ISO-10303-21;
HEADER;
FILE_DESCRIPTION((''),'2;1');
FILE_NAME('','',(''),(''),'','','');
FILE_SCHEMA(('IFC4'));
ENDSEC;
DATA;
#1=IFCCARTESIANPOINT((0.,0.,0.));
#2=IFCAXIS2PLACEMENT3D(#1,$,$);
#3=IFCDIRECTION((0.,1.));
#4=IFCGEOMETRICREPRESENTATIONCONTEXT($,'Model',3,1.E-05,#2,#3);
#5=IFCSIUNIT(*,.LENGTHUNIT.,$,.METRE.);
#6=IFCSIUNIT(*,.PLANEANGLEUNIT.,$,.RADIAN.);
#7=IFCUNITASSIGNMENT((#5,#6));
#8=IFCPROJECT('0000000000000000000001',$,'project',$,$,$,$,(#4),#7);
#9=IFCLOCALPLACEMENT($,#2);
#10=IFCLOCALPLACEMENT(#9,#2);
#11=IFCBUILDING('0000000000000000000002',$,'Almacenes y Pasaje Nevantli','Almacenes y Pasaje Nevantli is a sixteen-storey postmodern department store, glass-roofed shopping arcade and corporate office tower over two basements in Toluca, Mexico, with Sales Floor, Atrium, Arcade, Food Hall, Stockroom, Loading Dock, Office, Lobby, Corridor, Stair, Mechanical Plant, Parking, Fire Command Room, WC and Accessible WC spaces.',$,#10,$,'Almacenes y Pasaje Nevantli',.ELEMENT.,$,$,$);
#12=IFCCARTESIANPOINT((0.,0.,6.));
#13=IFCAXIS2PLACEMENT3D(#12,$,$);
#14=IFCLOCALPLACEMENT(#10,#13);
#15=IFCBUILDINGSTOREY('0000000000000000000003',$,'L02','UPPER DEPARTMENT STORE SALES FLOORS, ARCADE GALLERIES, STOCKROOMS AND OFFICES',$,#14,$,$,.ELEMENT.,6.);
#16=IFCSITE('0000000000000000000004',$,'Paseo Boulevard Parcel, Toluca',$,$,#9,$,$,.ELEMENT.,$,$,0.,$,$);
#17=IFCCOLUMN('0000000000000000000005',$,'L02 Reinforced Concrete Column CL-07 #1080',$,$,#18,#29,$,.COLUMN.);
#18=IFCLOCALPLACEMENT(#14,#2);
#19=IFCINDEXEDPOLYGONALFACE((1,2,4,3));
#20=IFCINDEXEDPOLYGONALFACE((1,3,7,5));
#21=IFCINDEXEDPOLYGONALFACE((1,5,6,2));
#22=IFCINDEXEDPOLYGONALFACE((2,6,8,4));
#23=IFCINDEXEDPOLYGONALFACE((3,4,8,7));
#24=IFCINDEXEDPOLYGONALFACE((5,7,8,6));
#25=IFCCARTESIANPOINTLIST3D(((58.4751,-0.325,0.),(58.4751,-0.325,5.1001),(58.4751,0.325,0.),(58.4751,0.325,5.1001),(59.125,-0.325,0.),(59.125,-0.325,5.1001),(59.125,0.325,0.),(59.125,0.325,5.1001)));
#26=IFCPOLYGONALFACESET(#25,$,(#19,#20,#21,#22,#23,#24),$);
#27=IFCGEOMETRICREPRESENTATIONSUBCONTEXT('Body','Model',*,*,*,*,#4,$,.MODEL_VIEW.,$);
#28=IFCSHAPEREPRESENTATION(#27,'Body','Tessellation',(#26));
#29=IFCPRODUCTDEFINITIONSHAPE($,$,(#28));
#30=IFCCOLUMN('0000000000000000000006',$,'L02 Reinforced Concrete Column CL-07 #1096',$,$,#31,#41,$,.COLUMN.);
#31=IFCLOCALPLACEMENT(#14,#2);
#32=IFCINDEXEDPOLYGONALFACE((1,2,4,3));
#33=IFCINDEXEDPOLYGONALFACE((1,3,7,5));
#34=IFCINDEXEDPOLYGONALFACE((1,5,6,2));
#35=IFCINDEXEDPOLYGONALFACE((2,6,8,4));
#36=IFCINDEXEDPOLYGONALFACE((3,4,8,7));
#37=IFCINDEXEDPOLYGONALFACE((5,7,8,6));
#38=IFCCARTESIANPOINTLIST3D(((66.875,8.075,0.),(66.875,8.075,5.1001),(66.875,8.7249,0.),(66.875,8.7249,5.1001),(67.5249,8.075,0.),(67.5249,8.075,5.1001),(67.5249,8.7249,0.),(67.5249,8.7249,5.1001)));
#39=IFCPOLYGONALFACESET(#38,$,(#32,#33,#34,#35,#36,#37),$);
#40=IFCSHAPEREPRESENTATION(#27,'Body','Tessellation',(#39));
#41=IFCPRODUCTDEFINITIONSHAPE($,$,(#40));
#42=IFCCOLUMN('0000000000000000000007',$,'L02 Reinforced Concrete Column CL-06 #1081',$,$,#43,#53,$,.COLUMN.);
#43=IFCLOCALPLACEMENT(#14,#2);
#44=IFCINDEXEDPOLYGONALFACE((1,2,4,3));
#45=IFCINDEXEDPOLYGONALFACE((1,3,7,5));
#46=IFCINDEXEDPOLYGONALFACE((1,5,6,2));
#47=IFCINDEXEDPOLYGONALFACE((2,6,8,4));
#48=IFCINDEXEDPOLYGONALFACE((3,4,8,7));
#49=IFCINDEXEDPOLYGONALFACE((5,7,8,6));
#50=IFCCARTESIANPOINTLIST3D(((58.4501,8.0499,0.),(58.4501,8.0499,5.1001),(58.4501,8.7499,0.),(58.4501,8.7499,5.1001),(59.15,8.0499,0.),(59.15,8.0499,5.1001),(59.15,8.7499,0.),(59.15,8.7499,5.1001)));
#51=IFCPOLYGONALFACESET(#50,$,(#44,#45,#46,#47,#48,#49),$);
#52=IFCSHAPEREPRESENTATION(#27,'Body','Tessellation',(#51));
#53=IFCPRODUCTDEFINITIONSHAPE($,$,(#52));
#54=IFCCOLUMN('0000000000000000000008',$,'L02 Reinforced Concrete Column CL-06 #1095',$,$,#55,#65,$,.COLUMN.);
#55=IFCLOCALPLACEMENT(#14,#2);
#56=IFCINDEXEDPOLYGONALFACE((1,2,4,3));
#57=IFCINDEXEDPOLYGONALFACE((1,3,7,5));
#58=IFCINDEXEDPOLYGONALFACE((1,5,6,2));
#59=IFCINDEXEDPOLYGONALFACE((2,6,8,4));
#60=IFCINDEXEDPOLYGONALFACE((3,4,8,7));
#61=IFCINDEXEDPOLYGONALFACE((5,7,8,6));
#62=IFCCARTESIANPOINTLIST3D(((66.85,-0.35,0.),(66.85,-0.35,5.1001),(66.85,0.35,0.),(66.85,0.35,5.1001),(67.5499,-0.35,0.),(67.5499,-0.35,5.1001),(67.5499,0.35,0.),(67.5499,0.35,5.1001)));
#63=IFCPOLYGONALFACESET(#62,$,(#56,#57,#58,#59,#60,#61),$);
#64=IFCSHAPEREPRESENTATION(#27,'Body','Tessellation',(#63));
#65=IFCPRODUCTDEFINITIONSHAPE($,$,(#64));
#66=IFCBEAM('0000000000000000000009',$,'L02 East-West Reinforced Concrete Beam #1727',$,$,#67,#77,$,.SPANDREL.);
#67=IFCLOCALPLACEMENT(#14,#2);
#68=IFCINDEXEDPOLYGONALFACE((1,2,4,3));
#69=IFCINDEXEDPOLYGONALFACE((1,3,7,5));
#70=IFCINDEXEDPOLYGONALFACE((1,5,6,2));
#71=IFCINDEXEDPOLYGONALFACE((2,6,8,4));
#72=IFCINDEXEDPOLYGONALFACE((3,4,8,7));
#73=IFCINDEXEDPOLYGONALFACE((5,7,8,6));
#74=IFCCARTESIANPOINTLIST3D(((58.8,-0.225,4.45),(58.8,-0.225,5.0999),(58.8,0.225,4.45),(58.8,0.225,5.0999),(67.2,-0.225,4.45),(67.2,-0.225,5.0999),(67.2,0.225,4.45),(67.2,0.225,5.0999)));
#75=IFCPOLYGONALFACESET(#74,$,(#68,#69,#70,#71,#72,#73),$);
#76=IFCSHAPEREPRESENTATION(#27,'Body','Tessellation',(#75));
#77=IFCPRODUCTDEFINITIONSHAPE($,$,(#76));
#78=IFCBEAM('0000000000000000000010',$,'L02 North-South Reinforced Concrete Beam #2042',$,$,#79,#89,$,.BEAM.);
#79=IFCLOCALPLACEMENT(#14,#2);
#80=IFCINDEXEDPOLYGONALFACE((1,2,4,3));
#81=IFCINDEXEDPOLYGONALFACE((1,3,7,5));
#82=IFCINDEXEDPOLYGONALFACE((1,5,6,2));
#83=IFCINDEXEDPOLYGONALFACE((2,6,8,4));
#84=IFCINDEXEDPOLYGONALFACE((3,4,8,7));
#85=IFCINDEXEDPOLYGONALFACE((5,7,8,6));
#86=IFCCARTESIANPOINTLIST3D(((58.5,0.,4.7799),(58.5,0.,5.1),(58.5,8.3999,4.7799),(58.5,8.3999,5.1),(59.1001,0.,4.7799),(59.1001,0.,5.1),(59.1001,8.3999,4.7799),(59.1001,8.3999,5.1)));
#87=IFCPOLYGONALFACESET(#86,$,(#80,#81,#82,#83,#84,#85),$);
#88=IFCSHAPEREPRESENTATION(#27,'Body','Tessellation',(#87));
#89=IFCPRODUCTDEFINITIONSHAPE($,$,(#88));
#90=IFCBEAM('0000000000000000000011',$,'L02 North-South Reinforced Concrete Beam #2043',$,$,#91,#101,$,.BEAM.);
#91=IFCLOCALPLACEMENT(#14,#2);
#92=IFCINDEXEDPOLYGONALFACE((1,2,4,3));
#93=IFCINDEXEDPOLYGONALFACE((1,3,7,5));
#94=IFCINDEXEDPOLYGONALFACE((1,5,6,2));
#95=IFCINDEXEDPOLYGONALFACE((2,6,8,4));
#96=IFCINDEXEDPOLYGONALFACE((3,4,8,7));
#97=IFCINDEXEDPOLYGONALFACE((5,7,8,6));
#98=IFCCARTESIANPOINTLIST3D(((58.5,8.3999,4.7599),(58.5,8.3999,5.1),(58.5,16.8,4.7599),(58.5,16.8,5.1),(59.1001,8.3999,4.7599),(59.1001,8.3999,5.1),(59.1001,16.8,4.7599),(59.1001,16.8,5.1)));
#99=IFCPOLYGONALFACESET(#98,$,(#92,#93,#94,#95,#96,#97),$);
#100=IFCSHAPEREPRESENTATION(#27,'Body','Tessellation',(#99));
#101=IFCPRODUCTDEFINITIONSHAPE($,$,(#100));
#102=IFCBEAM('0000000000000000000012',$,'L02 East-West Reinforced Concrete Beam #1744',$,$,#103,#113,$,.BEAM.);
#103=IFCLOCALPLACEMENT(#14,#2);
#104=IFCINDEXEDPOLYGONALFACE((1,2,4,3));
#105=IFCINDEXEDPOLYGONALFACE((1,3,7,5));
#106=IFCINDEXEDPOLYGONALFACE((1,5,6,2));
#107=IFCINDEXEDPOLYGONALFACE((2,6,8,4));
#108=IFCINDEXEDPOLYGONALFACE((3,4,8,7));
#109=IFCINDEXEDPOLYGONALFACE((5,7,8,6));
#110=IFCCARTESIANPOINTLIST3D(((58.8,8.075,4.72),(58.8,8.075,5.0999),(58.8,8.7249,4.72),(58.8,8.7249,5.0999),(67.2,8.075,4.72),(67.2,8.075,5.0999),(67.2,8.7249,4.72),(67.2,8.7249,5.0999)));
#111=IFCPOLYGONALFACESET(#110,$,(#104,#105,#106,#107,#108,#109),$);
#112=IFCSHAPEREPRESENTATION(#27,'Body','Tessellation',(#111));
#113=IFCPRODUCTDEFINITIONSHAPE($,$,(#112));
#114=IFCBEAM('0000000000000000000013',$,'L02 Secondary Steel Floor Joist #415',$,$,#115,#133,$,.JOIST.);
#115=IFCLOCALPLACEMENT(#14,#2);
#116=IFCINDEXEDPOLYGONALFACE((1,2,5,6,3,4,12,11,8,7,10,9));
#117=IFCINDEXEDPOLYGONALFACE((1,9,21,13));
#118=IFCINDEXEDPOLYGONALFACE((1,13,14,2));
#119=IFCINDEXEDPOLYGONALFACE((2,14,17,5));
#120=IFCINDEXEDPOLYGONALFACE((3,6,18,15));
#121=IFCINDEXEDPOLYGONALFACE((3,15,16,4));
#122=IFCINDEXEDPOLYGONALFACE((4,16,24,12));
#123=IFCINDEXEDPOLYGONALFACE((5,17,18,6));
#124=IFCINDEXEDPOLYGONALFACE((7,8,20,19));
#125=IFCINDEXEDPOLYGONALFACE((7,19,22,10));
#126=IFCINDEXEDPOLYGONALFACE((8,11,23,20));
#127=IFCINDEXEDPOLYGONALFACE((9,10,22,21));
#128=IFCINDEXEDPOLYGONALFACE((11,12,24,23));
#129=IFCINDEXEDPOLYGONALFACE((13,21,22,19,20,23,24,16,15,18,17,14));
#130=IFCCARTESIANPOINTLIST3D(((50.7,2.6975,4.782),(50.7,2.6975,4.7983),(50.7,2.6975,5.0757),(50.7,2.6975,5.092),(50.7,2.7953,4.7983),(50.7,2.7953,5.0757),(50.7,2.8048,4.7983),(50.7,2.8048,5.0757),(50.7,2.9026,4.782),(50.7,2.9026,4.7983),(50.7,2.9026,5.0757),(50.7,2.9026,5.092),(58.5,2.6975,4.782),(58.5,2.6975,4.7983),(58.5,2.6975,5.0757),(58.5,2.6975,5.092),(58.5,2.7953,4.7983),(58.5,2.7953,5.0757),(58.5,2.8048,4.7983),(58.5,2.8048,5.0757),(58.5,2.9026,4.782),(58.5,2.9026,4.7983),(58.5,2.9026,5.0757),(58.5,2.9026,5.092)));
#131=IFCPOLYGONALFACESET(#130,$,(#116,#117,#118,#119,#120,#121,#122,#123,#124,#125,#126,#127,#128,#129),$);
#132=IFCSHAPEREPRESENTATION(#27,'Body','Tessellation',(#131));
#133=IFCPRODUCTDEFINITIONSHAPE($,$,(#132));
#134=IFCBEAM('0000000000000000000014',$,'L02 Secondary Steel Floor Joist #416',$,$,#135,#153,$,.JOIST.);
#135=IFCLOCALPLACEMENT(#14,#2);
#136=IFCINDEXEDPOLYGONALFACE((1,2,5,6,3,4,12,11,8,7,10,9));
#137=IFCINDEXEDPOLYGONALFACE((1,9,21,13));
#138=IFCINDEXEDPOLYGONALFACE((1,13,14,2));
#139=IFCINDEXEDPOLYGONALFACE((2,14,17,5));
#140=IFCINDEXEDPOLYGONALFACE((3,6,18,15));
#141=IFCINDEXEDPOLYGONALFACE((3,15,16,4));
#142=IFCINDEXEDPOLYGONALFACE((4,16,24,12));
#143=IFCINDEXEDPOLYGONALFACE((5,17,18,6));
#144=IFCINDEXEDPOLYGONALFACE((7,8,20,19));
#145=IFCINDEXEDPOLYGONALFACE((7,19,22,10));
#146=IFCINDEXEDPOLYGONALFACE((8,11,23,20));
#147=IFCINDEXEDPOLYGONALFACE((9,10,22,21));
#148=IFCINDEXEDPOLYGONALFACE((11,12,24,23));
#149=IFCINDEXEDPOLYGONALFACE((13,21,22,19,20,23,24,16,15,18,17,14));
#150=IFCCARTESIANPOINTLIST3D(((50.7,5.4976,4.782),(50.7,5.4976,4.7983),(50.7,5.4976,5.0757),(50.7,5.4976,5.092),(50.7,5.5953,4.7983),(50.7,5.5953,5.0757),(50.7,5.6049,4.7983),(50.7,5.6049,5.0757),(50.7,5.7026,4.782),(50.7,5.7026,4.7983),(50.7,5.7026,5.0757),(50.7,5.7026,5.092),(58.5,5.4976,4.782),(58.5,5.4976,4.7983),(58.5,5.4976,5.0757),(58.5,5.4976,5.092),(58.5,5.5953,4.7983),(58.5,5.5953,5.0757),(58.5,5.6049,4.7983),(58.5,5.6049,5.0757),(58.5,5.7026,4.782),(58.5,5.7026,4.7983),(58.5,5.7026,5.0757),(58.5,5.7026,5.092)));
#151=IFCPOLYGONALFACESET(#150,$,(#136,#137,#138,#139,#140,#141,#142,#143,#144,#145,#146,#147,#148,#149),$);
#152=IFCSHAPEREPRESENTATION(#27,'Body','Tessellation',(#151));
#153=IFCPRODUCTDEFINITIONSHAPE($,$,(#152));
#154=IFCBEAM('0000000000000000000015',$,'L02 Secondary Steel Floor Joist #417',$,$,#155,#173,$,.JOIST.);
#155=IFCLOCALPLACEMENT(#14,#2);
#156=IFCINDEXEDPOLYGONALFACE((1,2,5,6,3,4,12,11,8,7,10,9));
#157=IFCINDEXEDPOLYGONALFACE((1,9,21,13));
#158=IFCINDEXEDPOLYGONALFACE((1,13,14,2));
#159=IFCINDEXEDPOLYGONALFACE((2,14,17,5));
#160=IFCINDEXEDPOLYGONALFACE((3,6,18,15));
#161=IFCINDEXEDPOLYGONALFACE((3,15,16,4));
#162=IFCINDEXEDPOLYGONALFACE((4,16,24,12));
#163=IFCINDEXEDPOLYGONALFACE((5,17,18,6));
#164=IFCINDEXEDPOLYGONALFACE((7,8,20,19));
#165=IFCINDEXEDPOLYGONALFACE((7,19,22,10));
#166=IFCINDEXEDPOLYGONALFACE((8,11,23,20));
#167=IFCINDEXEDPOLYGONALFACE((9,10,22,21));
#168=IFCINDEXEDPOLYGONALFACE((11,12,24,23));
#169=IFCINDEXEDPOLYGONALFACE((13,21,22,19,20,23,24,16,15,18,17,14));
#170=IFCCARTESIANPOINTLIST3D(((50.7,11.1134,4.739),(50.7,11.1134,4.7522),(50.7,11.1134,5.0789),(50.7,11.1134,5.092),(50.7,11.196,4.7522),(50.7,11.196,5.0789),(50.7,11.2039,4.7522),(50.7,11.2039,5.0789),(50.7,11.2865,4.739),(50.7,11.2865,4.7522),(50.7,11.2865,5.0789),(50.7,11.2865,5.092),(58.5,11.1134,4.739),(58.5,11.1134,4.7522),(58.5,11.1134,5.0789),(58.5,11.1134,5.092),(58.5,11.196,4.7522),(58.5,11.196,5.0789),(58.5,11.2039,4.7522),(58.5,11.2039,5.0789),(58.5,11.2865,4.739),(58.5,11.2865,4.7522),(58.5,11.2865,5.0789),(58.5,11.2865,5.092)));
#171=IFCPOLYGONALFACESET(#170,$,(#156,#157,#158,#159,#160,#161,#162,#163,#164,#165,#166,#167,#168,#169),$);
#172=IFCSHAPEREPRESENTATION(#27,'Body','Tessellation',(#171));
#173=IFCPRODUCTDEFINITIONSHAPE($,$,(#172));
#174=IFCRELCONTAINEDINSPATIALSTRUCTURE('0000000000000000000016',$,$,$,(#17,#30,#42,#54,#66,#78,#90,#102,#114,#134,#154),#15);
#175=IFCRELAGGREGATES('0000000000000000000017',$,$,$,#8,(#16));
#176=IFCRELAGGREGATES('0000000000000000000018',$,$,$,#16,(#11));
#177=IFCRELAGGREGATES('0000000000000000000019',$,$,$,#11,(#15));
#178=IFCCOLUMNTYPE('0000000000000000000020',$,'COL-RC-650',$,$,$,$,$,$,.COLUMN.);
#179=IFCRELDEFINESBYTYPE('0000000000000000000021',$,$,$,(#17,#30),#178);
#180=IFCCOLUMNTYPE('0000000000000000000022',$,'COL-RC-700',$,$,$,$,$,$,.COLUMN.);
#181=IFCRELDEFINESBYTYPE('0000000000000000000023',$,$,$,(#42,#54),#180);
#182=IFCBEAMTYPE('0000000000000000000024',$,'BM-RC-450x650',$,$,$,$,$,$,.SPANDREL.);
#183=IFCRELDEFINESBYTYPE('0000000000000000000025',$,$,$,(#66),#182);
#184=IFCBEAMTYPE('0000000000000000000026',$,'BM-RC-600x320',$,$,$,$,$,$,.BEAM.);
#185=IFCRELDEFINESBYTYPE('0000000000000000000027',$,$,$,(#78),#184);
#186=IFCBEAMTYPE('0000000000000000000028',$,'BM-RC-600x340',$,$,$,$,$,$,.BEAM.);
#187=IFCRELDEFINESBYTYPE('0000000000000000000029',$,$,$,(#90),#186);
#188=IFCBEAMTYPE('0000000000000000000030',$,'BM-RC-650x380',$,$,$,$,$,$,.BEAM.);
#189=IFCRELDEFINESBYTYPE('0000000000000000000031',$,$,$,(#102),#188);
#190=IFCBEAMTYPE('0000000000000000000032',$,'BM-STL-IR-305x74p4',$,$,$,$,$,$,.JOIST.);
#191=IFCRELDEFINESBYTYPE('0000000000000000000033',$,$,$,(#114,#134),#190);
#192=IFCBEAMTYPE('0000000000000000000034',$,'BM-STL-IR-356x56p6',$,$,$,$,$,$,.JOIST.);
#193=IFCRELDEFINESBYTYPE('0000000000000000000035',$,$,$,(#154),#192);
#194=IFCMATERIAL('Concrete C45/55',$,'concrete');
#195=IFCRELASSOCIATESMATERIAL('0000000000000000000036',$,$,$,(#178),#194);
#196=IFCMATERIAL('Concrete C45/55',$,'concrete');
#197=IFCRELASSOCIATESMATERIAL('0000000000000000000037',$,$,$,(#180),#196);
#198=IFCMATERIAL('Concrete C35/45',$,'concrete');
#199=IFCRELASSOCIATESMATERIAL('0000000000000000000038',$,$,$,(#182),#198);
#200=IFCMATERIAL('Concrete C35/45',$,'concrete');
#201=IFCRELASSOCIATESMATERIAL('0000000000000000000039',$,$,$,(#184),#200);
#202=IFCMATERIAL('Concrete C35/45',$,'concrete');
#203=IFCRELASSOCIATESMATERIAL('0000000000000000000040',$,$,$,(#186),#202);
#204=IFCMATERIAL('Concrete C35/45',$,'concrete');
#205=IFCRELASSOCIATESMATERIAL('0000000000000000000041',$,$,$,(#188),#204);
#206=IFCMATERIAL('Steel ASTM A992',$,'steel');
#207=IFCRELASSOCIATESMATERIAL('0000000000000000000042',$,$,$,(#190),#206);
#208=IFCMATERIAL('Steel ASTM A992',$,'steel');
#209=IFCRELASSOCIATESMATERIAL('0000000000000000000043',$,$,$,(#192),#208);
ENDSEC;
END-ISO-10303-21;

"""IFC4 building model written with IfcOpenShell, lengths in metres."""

from ifc_helpers import new_model, si_unit, direction, frame, origin, origin_2d, place, context, subcontext, project, spatial, rectangle, i_section, extrude, material, material_profile, profile_set, type_object, element, save


model = new_model("IFC4")

# Units and contexts
model_context = context("Model", 3, precision=1e-05, world=origin(), true_north=direction((0.0, 1.0)))
body_context = subcontext(model_context, "Body", "Model", "MODEL_VIEW")
ifc_project = project(units=[si_unit("LENGTHUNIT", "METRE"), si_unit("PLANEANGLEUNIT", "RADIAN")], contexts=[model_context])

# Site, building, storey
site_placement = place(None, origin())
site = spatial("IfcSite", under=ifc_project, at=site_placement, Name="Paseo Boulevard Parcel, Toluca", CompositionType="ELEMENT", RefElevation=0.0)
building_placement = place(site_placement, origin())
building = spatial("IfcBuilding", under=site, at=building_placement, Name="Almacenes y Pasaje Nevantli", Description="Almacenes y Pasaje Nevantli is a sixteen-storey postmodern department store, glass-roofed shopping arcade and corporate office tower over two basements in Toluca, Mexico, with Sales Floor, Atrium, Arcade, Food Hall, Stockroom, Loading Dock, Office, Lobby, Corridor, Stair, Mechanical Plant, Parking, Fire Command Room, WC and Accessible WC spaces.", LongName="Almacenes y Pasaje Nevantli", CompositionType="ELEMENT")
storey_placement = place(building_placement, frame((0.0, 0.0, 6.0)))
storey = spatial("IfcBuildingStorey", under=building, at=storey_placement, Name="L02", Description="UPPER DEPARTMENT STORE SALES FLOORS, ARCADE GALLERIES, STOCKROOMS AND OFFICES", CompositionType="ELEMENT", Elevation=6.0)

# Columns
ifc_material_1 = material(Name="Concrete C45/55", Category="concrete")
ifc_material_profile_1 = material_profile(ifc_material_1, rectangle(XDim=0.6499, YDim=0.6499, at=origin_2d()), Name="RC-COL-650x650")
ifc_profile_set_1 = profile_set([ifc_material_profile_1], Name="Concrete C45/55")
column_type_1 = type_object("IfcColumnType", Name="COL-RC-650", PredefinedType="COLUMN", material=ifc_profile_set_1)
for number, where, z_axis, x_axis, name in (
    (1, (58.8, 0.0, 0.0), (0.0, 0.0, 1.0), (1.0, 0.0, 0.0), "L02 Reinforced Concrete Column CL-07 #1080"),
    (2, (67.2, 8.3999, 0.0), (0.0, 0.0, 1.0), (1.0, 0.0, 0.0), "L02 Reinforced Concrete Column CL-07 #1096"),
):
    element("IfcColumn", number, at=place(storey_placement, frame(where, z_axis=z_axis, x_axis=x_axis)), inside=storey, type_object=column_type_1, Name=name, PredefinedType="COLUMN", context=body_context, shape_type="SweptSolid", body=[
        extrude(rectangle(XDim=0.6499, YDim=0.6499, at=origin_2d()), origin(), (0.0, 0.0, 1.0), 5.1001),
    ])
ifc_material_2 = material(Name="Concrete C45/55", Category="concrete")
ifc_material_profile_2 = material_profile(ifc_material_2, rectangle(XDim=0.7, YDim=0.7, at=origin_2d()), Name="RC-COL-700x700")
ifc_profile_set_2 = profile_set([ifc_material_profile_2], Name="Concrete C45/55")
column_type_2 = type_object("IfcColumnType", Name="COL-RC-700", PredefinedType="COLUMN", material=ifc_profile_set_2)
for number, where, z_axis, x_axis, name in (
    (3, (58.8, 8.3999, 0.0), (0.0, 0.0, 1.0), (1.0, 0.0, 0.0), "L02 Reinforced Concrete Column CL-06 #1081"),
    (4, (67.2, 0.0, 0.0), (0.0, 0.0, 1.0), (1.0, 0.0, 0.0), "L02 Reinforced Concrete Column CL-06 #1095"),
):
    element("IfcColumn", number, at=place(storey_placement, frame(where, z_axis=z_axis, x_axis=x_axis)), inside=storey, type_object=column_type_2, Name=name, PredefinedType="COLUMN", context=body_context, shape_type="SweptSolid", body=[
        extrude(rectangle(XDim=0.7, YDim=0.7, at=origin_2d()), origin(), (0.0, 0.0, 1.0), 5.1001),
    ])

# Beams
ifc_material_3 = material(Name="Concrete C35/45", Category="concrete")
ifc_material_profile_3 = material_profile(ifc_material_3, rectangle(XDim=0.45, YDim=0.6499, at=origin_2d()), Name="RC-BM-450x650")
ifc_profile_set_3 = profile_set([ifc_material_profile_3], Name="Concrete C35/45")
beam_type_1 = type_object("IfcBeamType", Name="BM-RC-450x650", PredefinedType="SPANDREL", material=ifc_profile_set_3)
beam_1_placement = place(storey_placement, frame((58.8, 0.0, 4.7749), z_axis=(1.0, 0.0, 0.0), x_axis=(0.0, 1.0, 0.0)))
element("IfcBeam", 5, at=beam_1_placement, inside=storey, type_object=beam_type_1, Name="L02 East-West Reinforced Concrete Beam #1727", PredefinedType="SPANDREL", context=body_context, shape_type="SweptSolid", body=[
    extrude(rectangle(XDim=0.45, YDim=0.6499, at=origin_2d()), origin(), (0.0, 0.0, 1.0), 8.3999),
])
ifc_material_4 = material(Name="Concrete C35/45", Category="concrete")
ifc_material_profile_4 = material_profile(ifc_material_4, rectangle(XDim=0.6001, YDim=0.3201, at=origin_2d()), Name="RC-BM-600x320")
ifc_profile_set_4 = profile_set([ifc_material_profile_4], Name="Concrete C35/45")
beam_type_2 = type_object("IfcBeamType", Name="BM-RC-600x320", PredefinedType="BEAM", material=ifc_profile_set_4)
beam_2_placement = place(storey_placement, frame((58.8, 0.0, 4.9399), z_axis=(0.0, 1.0, 0.0), x_axis=(-1.0, 0.0, 0.0)))
element("IfcBeam", 6, at=beam_2_placement, inside=storey, type_object=beam_type_2, Name="L02 North-South Reinforced Concrete Beam #2042", PredefinedType="BEAM", context=body_context, shape_type="SweptSolid", body=[
    extrude(rectangle(XDim=0.6001, YDim=0.3201, at=origin_2d()), origin(), (0.0, 0.0, 1.0), 8.3999),
])
ifc_material_5 = material(Name="Concrete C35/45", Category="concrete")
ifc_material_profile_5 = material_profile(ifc_material_5, rectangle(XDim=0.6001, YDim=0.3401, at=origin_2d()), Name="RC-BM-600x340")
ifc_profile_set_5 = profile_set([ifc_material_profile_5], Name="Concrete C35/45")
beam_type_3 = type_object("IfcBeamType", Name="BM-RC-600x340", PredefinedType="BEAM", material=ifc_profile_set_5)
beam_3_placement = place(storey_placement, frame((58.8, 8.3999, 4.9299), z_axis=(0.0, 1.0, 0.0), x_axis=(-1.0, 0.0, 0.0)))
element("IfcBeam", 7, at=beam_3_placement, inside=storey, type_object=beam_type_3, Name="L02 North-South Reinforced Concrete Beam #2043", PredefinedType="BEAM", context=body_context, shape_type="SweptSolid", body=[
    extrude(rectangle(XDim=0.6001, YDim=0.3401, at=origin_2d()), origin(), (0.0, 0.0, 1.0), 8.4001),
])
ifc_material_6 = material(Name="Concrete C35/45", Category="concrete")
ifc_material_profile_6 = material_profile(ifc_material_6, rectangle(XDim=0.6499, YDim=0.3799, at=origin_2d()), Name="RC-BM-650x380")
ifc_profile_set_6 = profile_set([ifc_material_profile_6], Name="Concrete C35/45")
beam_type_4 = type_object("IfcBeamType", Name="BM-RC-650x380", PredefinedType="BEAM", material=ifc_profile_set_6)
beam_4_placement = place(storey_placement, frame((58.8, 8.3999, 4.9099), z_axis=(1.0, 0.0, 0.0), x_axis=(0.0, 1.0, 0.0)))
element("IfcBeam", 8, at=beam_4_placement, inside=storey, type_object=beam_type_4, Name="L02 East-West Reinforced Concrete Beam #1744", PredefinedType="BEAM", context=body_context, shape_type="SweptSolid", body=[
    extrude(rectangle(XDim=0.6499, YDim=0.3799, at=origin_2d()), origin(), (0.0, 0.0, 1.0), 8.3999),
])
ifc_material_7 = material(Name="Steel ASTM A992", Category="steel")
ifc_material_profile_7 = material_profile(ifc_material_7, i_section(OverallWidth=0.2051, OverallDepth=0.3101, WebThickness=0.0095, FlangeThickness=0.0164, at=origin_2d()), Name="IR 305x74.4")
ifc_profile_set_7 = profile_set([ifc_material_profile_7], Name="Steel ASTM A992")
beam_type_5 = type_object("IfcBeamType", Name="BM-STL-IR-305x74p4", PredefinedType="JOIST", material=ifc_profile_set_7)
for number, where, z_axis, x_axis, name in (
    (9, (50.7, 2.8, 4.937), (1.0, 0.0, 0.0), (0.0, 1.0, 0.0), "L02 Secondary Steel Floor Joist #415"),
    (10, (50.7, 5.6001, 4.937), (1.0, 0.0, 0.0), (0.0, 1.0, 0.0), "L02 Secondary Steel Floor Joist #416"),
):
    element("IfcBeam", number, at=place(storey_placement, frame(where, z_axis=z_axis, x_axis=x_axis)), inside=storey, type_object=beam_type_5, Name=name, PredefinedType="JOIST", context=body_context, shape_type="SweptSolid", body=[
        extrude(i_section(OverallWidth=0.2051, OverallDepth=0.3101, WebThickness=0.0095, FlangeThickness=0.0164, at=origin_2d()), origin(), (0.0, 0.0, 1.0), 7.8),
    ])
ifc_material_8 = material(Name="Steel ASTM A992", Category="steel")
ifc_material_profile_8 = material_profile(ifc_material_8, i_section(OverallWidth=0.1731, OverallDepth=0.353, WebThickness=0.0078, FlangeThickness=0.0132, at=origin_2d()), Name="IR 356x56.6")
ifc_profile_set_8 = profile_set([ifc_material_profile_8], Name="Steel ASTM A992")
beam_type_6 = type_object("IfcBeamType", Name="BM-STL-IR-356x56p6", PredefinedType="JOIST", material=ifc_profile_set_8)
for number, where, z_axis, x_axis, name in (
    (11, (50.7, 11.2, 4.9155), (1.0, 0.0, 0.0), (0.0, 1.0, 0.0), "L02 Secondary Steel Floor Joist #417"),
):
    element("IfcBeam", number, at=place(storey_placement, frame(where, z_axis=z_axis, x_axis=x_axis)), inside=storey, type_object=beam_type_6, Name=name, PredefinedType="JOIST", context=body_context, shape_type="SweptSolid", body=[
        extrude(i_section(OverallWidth=0.1731, OverallDepth=0.353, WebThickness=0.0078, FlangeThickness=0.0132, at=origin_2d()), origin(), (0.0, 0.0, 1.0), 7.8),
    ])

save(model, "model.ifc")
